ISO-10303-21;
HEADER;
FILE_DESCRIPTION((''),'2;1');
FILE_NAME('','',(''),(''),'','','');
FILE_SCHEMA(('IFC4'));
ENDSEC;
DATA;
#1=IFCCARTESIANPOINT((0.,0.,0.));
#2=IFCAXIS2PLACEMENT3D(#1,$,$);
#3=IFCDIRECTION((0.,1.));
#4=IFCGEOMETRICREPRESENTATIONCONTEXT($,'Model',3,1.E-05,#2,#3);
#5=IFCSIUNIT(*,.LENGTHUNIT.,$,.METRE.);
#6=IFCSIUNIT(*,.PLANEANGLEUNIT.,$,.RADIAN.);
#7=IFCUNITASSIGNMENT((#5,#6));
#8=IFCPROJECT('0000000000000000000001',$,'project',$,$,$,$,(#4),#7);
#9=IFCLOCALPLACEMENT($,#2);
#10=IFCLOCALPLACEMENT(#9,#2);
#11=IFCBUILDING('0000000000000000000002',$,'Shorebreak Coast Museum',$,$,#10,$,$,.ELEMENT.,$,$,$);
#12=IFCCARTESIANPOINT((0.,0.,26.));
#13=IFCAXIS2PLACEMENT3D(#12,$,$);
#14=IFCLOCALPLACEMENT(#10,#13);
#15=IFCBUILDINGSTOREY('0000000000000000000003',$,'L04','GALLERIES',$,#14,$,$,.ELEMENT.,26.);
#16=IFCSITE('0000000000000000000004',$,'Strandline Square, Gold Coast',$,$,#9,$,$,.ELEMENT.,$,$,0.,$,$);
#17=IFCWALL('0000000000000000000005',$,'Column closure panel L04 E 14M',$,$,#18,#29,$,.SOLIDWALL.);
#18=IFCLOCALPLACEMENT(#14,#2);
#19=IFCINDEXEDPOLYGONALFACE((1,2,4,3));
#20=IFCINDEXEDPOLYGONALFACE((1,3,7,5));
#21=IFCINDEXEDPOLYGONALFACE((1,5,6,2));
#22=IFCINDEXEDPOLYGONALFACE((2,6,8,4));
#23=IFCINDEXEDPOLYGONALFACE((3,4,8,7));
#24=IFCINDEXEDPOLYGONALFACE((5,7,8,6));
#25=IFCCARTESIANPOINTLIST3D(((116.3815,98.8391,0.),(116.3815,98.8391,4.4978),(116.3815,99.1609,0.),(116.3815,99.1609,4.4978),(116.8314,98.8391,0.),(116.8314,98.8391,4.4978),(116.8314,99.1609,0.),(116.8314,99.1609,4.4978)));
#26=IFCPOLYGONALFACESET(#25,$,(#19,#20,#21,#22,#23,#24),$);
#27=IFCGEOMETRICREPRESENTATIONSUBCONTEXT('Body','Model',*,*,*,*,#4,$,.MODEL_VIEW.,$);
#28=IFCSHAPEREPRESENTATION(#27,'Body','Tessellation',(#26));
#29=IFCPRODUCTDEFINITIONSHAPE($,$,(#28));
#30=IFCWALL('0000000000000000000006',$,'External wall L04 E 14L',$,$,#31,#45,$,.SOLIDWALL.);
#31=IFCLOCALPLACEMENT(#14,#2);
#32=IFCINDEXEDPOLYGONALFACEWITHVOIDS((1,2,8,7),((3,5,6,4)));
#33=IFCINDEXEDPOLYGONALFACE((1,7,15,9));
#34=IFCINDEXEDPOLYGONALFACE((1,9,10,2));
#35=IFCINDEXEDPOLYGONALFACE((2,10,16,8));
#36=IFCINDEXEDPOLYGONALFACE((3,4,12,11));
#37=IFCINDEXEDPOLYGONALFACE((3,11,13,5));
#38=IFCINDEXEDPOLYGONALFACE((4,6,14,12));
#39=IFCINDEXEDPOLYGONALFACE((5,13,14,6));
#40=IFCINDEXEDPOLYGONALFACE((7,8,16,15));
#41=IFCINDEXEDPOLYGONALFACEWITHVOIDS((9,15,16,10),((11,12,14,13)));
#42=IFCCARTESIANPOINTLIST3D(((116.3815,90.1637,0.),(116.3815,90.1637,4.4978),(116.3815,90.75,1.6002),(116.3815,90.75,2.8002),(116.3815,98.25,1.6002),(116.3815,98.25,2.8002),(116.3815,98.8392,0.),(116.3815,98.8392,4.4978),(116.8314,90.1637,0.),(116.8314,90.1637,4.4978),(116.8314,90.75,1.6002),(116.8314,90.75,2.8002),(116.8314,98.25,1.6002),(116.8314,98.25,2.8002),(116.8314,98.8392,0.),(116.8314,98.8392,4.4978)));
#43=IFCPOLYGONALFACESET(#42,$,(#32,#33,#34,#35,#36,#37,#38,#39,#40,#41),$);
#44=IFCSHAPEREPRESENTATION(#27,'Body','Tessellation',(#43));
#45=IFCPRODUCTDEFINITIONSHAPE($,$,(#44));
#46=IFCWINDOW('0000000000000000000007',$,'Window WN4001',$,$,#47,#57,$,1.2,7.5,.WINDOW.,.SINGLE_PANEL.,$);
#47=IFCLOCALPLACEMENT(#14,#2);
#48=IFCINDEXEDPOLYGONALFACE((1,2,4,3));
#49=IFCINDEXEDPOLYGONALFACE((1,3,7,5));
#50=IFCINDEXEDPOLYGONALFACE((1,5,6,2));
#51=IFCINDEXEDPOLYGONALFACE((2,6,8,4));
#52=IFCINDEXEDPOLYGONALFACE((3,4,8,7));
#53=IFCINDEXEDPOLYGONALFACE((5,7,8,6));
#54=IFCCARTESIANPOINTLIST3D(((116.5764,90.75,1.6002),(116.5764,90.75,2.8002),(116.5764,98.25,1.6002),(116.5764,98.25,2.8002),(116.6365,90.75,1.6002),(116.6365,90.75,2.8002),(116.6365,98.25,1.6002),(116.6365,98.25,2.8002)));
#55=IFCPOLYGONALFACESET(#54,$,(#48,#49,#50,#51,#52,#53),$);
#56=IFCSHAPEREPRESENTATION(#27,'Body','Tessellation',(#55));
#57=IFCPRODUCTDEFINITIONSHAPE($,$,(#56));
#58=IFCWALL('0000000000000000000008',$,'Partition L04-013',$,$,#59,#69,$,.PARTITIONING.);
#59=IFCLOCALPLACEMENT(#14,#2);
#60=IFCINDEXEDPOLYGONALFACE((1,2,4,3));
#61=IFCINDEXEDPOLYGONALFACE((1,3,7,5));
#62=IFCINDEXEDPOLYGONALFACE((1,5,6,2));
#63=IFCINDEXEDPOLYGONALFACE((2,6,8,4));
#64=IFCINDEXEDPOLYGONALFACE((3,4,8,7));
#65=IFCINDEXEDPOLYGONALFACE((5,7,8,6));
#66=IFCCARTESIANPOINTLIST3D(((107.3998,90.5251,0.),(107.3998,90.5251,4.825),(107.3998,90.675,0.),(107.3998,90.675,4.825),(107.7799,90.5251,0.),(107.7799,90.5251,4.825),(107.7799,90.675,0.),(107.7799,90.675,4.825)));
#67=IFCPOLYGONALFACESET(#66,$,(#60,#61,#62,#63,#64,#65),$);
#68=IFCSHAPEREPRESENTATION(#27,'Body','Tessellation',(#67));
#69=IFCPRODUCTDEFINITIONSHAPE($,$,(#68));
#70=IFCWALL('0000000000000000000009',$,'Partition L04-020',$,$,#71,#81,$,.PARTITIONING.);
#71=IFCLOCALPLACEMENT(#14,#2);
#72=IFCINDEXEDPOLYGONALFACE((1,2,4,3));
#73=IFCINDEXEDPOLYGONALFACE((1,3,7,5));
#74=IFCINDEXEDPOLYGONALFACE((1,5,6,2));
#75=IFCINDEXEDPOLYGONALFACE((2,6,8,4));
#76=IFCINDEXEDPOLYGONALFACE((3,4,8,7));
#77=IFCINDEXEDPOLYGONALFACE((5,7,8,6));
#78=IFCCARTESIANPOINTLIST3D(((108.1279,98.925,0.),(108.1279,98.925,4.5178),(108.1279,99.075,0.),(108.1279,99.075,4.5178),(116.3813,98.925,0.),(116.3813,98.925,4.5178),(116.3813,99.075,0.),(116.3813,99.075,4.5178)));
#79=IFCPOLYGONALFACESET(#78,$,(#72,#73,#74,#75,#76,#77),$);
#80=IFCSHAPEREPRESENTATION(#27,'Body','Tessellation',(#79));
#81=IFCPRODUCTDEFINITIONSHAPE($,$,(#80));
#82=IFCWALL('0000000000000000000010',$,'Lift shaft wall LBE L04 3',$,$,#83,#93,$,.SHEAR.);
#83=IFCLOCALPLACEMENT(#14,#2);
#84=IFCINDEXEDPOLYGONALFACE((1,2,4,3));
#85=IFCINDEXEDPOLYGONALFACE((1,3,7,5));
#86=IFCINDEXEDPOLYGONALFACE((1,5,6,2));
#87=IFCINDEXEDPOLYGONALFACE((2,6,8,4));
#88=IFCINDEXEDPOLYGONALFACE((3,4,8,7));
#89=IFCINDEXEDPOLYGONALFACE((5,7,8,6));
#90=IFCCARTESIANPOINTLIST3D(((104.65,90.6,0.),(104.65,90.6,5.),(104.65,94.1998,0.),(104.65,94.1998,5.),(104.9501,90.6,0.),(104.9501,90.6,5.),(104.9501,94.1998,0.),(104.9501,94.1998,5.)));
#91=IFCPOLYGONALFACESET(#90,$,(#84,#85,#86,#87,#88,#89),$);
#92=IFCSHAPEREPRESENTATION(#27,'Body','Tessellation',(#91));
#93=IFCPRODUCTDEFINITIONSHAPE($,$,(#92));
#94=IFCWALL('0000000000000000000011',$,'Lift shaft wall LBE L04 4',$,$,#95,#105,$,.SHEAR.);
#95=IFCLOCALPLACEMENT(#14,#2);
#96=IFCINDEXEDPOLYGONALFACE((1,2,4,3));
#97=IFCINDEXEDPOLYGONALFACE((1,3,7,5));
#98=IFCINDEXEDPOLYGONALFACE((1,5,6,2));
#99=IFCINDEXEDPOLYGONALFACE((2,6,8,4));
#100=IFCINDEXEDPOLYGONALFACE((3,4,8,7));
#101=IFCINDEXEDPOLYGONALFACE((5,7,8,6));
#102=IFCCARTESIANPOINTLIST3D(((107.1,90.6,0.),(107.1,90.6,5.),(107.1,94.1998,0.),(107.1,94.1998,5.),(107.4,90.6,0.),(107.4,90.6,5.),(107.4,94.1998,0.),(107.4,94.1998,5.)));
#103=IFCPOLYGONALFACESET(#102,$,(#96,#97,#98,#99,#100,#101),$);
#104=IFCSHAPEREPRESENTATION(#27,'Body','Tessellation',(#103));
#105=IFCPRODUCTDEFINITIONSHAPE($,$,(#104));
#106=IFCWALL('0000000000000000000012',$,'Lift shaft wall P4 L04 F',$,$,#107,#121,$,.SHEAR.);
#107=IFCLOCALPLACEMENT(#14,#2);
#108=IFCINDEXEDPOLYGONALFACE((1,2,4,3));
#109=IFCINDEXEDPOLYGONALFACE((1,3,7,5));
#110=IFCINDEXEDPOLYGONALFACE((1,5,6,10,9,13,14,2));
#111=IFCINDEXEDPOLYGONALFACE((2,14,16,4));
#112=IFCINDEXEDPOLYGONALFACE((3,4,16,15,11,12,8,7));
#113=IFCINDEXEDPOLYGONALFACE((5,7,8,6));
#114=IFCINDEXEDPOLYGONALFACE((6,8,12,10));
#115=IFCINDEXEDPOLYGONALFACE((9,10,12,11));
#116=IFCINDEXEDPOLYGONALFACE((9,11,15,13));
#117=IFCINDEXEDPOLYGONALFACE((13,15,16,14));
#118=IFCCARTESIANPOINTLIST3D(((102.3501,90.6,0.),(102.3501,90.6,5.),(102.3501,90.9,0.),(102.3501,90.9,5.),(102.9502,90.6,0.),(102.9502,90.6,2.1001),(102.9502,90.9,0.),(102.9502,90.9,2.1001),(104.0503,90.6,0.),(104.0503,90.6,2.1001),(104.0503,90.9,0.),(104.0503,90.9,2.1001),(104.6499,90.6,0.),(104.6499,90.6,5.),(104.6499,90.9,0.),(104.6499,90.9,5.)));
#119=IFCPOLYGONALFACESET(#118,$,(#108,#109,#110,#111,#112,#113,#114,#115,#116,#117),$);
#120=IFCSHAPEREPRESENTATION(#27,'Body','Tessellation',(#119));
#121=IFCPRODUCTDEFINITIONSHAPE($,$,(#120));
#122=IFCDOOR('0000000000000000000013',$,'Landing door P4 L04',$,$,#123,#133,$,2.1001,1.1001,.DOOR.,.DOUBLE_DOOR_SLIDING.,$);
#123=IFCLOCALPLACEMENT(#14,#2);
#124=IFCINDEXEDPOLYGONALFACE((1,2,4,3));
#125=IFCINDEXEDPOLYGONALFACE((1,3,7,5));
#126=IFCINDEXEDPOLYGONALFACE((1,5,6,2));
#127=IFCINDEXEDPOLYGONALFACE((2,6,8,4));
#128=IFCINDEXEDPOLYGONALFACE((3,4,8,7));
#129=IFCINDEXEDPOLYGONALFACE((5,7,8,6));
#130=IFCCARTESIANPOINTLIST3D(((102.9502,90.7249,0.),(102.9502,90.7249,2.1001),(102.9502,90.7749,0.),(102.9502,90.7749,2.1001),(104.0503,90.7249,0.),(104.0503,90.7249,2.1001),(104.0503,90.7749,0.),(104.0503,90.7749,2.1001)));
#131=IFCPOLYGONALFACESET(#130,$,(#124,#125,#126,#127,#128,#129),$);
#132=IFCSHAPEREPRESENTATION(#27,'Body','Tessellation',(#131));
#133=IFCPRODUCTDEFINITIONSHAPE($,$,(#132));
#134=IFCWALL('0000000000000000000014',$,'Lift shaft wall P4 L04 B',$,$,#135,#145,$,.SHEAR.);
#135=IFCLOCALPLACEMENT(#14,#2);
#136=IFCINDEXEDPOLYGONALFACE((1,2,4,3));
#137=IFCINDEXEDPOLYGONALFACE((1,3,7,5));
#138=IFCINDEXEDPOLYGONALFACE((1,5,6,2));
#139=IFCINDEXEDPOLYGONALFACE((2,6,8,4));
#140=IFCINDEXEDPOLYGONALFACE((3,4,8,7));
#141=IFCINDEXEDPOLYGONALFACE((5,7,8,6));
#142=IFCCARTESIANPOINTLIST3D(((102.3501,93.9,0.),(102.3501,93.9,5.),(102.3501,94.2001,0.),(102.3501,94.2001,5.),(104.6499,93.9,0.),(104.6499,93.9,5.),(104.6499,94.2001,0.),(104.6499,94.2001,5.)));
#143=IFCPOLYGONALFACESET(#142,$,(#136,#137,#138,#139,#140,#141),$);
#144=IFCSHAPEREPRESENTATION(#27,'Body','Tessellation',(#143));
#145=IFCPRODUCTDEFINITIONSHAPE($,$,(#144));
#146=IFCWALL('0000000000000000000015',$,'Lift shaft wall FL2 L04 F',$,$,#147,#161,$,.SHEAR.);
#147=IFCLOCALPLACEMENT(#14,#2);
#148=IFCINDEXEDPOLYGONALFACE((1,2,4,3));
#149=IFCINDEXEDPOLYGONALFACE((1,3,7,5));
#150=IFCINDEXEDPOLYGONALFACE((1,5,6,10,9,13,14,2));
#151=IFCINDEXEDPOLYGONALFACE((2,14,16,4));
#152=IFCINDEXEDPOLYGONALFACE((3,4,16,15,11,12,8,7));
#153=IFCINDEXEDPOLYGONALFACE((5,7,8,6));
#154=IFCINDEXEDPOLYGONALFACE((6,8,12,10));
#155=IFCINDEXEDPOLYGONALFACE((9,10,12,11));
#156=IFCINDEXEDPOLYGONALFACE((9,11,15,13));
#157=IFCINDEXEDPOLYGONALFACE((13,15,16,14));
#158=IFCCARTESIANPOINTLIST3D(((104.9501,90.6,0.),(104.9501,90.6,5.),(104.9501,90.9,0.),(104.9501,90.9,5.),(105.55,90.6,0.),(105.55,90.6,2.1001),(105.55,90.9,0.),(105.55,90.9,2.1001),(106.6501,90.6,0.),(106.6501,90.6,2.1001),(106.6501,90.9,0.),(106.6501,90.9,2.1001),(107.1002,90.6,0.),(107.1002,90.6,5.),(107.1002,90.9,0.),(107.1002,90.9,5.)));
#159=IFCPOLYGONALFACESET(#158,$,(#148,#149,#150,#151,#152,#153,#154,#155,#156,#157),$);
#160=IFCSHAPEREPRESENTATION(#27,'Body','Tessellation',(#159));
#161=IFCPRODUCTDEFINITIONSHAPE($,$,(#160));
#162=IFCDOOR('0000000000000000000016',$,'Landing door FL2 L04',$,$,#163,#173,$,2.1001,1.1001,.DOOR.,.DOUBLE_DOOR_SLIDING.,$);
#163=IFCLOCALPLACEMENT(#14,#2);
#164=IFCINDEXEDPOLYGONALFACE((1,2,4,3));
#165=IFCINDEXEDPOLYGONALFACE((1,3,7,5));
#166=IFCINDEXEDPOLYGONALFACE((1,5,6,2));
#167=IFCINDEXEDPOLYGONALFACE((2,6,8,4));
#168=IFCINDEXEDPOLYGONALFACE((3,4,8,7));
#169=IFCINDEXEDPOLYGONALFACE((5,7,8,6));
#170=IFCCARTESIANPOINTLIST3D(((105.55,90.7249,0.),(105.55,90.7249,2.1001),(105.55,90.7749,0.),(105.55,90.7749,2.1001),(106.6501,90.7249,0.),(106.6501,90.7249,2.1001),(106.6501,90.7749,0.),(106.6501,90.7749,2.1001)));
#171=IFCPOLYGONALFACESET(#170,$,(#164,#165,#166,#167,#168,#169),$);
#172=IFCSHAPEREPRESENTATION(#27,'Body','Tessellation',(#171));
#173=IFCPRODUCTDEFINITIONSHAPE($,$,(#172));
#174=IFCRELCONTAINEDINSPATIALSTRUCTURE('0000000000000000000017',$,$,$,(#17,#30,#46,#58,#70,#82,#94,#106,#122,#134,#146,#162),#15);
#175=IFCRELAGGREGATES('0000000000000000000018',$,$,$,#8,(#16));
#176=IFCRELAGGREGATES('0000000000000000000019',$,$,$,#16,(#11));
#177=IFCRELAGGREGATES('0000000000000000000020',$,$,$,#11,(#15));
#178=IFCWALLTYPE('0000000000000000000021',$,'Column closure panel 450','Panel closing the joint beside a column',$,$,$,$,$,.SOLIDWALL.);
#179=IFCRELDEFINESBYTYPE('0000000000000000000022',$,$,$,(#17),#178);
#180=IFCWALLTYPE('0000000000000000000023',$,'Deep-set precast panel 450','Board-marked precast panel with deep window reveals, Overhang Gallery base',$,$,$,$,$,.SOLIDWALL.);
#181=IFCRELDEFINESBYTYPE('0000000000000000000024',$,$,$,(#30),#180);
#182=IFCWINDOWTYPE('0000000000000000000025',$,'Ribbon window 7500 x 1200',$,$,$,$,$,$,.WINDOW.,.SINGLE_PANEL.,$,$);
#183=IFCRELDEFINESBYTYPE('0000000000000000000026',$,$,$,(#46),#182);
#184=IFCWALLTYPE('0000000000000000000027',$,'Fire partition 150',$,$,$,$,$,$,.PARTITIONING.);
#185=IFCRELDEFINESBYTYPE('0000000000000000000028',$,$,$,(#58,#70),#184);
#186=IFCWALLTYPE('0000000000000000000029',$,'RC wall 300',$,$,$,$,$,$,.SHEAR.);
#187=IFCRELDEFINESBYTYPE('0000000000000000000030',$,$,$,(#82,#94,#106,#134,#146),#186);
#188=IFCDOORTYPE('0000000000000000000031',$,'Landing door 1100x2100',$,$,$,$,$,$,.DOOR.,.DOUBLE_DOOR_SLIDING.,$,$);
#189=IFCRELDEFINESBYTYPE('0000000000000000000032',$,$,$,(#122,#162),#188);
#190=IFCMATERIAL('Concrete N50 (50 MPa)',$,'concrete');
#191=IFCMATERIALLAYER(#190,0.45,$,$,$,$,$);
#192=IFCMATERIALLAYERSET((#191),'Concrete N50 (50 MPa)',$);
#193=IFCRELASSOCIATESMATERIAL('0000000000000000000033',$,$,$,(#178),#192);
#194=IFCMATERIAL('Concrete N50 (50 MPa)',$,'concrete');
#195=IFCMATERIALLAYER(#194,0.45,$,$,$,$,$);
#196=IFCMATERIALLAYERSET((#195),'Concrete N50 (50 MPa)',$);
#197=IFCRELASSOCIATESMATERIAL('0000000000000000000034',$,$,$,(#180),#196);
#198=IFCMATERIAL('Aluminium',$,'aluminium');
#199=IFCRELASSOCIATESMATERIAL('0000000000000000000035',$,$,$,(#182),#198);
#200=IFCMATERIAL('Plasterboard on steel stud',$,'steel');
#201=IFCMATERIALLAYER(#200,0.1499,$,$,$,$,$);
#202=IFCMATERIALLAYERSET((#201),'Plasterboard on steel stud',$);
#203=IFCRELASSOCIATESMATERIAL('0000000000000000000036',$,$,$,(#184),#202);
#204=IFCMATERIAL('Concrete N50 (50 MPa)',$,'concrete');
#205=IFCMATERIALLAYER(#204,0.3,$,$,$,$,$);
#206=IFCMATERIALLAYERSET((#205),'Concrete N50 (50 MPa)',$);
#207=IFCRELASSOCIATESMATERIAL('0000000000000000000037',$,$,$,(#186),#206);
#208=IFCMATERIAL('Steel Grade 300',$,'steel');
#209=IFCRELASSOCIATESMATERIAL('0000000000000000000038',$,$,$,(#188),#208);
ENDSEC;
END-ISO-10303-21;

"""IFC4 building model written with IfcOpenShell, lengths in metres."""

from ifc_helpers import new_model, si_unit, direction, frame, frame_2d, origin, place, context, subcontext, project, spatial, rectangle, extrude, material, layer, layer_set, type_object, element, fill, save


model = new_model("IFC4")

# Units and contexts
model_context = context("Model", 3, precision=1e-05, world=origin(), true_north=direction((0.0, 1.0)))
body_context = subcontext(model_context, "Body", "Model", "MODEL_VIEW")
ifc_project = project(units=[si_unit("LENGTHUNIT", "METRE"), si_unit("PLANEANGLEUNIT", "RADIAN")], contexts=[model_context])

# Site, building, storey
site_placement = place(None, origin())
site = spatial("IfcSite", under=ifc_project, at=site_placement, Name="Strandline Square, Gold Coast", CompositionType="ELEMENT", RefElevation=0.0)
building_placement = place(site_placement, origin())
building = spatial("IfcBuilding", under=site, at=building_placement, Name="Shorebreak Coast Museum", CompositionType="ELEMENT")
storey_placement = place(building_placement, frame((0.0, 0.0, 26.0)))
storey = spatial("IfcBuildingStorey", under=building, at=storey_placement, Name="L04", Description="GALLERIES", CompositionType="ELEMENT", Elevation=26.0)

# Wall
ifc_material_1 = material(Name="Concrete N50 (50 MPa)", Category="concrete")
ifc_layer_1 = layer(ifc_material_1, 0.45)
ifc_layer_set_1 = layer_set([ifc_layer_1], Name="Concrete N50 (50 MPa)")
wall_type_1 = type_object("IfcWallType", Name="Column closure panel 450", Description="Panel closing the joint beside a column", PredefinedType="SOLIDWALL", material=ifc_layer_set_1)
wall_1_placement = place(storey_placement, frame((116.6064, 98.8391, 0.0), z_axis=(0.0, 0.0, 1.0), x_axis=(0.0, 1.0, 0.0)))
element("IfcWall", 1, at=wall_1_placement, inside=storey, type_object=wall_type_1, Name="Column closure panel L04 E 14M", PredefinedType="SOLIDWALL", context=body_context, shape_type="SweptSolid", body=[
    extrude(rectangle(XDim=0.3218, YDim=0.45, at=frame_2d((0.1609, 0.0))), origin(), (0.0, 0.0, 1.0), 4.4978),
])

# Wall, opening, window
ifc_material_2 = material(Name="Concrete N50 (50 MPa)", Category="concrete")
ifc_layer_2 = layer(ifc_material_2, 0.45)
ifc_layer_set_2 = layer_set([ifc_layer_2], Name="Concrete N50 (50 MPa)")
wall_type_2 = type_object("IfcWallType", Name="Deep-set precast panel 450", Description="Board-marked precast panel with deep window reveals, Overhang Gallery base", PredefinedType="SOLIDWALL", material=ifc_layer_set_2)
wall_2_placement = place(storey_placement, frame((116.6064, 90.1636, 0.0), z_axis=(0.0, 0.0, 1.0), x_axis=(0.0, 1.0, 0.0)))
wall_2 = element("IfcWall", 2, at=wall_2_placement, inside=storey, type_object=wall_type_2, Name="External wall L04 E 14L", PredefinedType="SOLIDWALL", context=body_context, shape_type="SweptSolid", body=[
    extrude(rectangle(XDim=8.6755, YDim=0.45, at=frame_2d((4.3379, 0.0))), origin(), (0.0, 0.0, 1.0), 4.4978),
])
opening_1_placement = place(wall_2_placement, frame((0.5864, 0.0, 1.6001)))
opening_1 = element("IfcOpeningElement", 3, at=opening_1_placement, cuts=wall_2, PredefinedType="OPENING", context=body_context, shape_type="SweptSolid", body=[
    extrude(rectangle(XDim=7.5, YDim=1.2, at=frame_2d((3.75, 0.6001))), frame((0.0, 0.2349, 0.0), z_axis=(0.0, -1.0, 0.0), x_axis=(1.0, 0.0, 0.0)), (0.0, 0.0, 1.0), 0.47),
])
ifc_material_3 = material(Name="Aluminium", Category="aluminium")
window_type = type_object("IfcWindowType", Name="Ribbon window 7500 x 1200", PartitioningType="SINGLE_PANEL", PredefinedType="WINDOW", material=ifc_material_3)
window_placement = place(opening_1_placement, origin())
window = element("IfcWindow", 4, at=window_placement, inside=storey, type_object=window_type, Name="Window WN4001", OverallHeight=1.2, OverallWidth=7.5, PartitioningType="SINGLE_PANEL", PredefinedType="WINDOW", context=body_context, shape_type="SweptSolid", body=[
    extrude(rectangle(XDim=7.5, YDim=1.2, at=frame_2d((3.75, 0.6001))), frame((0.0, 0.03, 0.0), z_axis=(0.0, -1.0, 0.0), x_axis=(1.0, 0.0, 0.0)), (0.0, 0.0, 1.0), 0.0601),
])
fill(opening_1, window)

# Walls
ifc_material_4 = material(Name="Plasterboard on steel stud", Category="steel")
ifc_layer_3 = layer(ifc_material_4, 0.1499)
ifc_layer_set_3 = layer_set([ifc_layer_3], Name="Plasterboard on steel stud")
wall_type_3 = type_object("IfcWallType", Name="Fire partition 150", PredefinedType="PARTITIONING", material=ifc_layer_set_3)
wall_3_placement = place(storey_placement, frame((107.3999, 90.6001, 0.0), z_axis=(0.0, 0.0, 1.0), x_axis=(1.0, 0.0, 0.0)))
element("IfcWall", 5, at=wall_3_placement, inside=storey, type_object=wall_type_3, Name="Partition L04-013", PredefinedType="PARTITIONING", context=body_context, shape_type="SweptSolid", body=[
    extrude(rectangle(XDim=0.3801, YDim=0.1499, at=frame_2d((0.1899, 0.0))), origin(), (0.0, 0.0, 1.0), 4.825),
])
wall_4_placement = place(storey_placement, frame((108.1279, 99.0, 0.0), z_axis=(0.0, 0.0, 1.0), x_axis=(1.0, 0.0, 0.0)))
element("IfcWall", 6, at=wall_4_placement, inside=storey, type_object=wall_type_3, Name="Partition L04-020", PredefinedType="PARTITIONING", context=body_context, shape_type="SweptSolid", body=[
    extrude(rectangle(XDim=8.2534, YDim=0.1499, at=frame_2d((4.1267, 0.0))), origin(), (0.0, 0.0, 1.0), 4.5178),
])
ifc_material_5 = material(Name="Concrete N50 (50 MPa)", Category="concrete")
ifc_layer_4 = layer(ifc_material_5, 0.3)
ifc_layer_set_4 = layer_set([ifc_layer_4], Name="Concrete N50 (50 MPa)")
wall_type_4 = type_object("IfcWallType", Name="RC wall 300", PredefinedType="SHEAR", material=ifc_layer_set_4)
for number, where, z_axis, x_axis, name in (
    (7, (104.8, 90.6001, 0.0), (0.0, 0.0, 1.0), (0.0, 1.0, 0.0), "Lift shaft wall LBE L04 3"),
    (8, (107.25, 90.6001, 0.0), (0.0, 0.0, 1.0), (0.0, 1.0, 0.0), "Lift shaft wall LBE L04 4"),
):
    element("IfcWall", number, at=place(storey_placement, frame(where, z_axis=z_axis, x_axis=x_axis)), inside=storey, type_object=wall_type_4, Name=name, PredefinedType="SHEAR", context=body_context, shape_type="SweptSolid", body=[
        extrude(rectangle(XDim=3.5999, YDim=0.3, at=frame_2d((1.7998, 0.0))), origin(), (0.0, 0.0, 1.0), 5.0),
    ])

# Wall, opening, door
wall_5_placement = place(storey_placement, frame((102.3501, 90.75, 0.0), z_axis=(0.0, 0.0, 1.0), x_axis=(1.0, 0.0, 0.0)))
wall_5 = element("IfcWall", 9, at=wall_5_placement, inside=storey, type_object=wall_type_4, Name="Lift shaft wall P4 L04 F", PredefinedType="SHEAR", context=body_context, shape_type="SweptSolid", body=[
    extrude(rectangle(XDim=2.2998, YDim=0.3, at=frame_2d((1.1499, 0.0))), origin(), (0.0, 0.0, 1.0), 5.0),
])
opening_2_placement = place(wall_5_placement, frame((0.6001, 0.0, 0.0)))
opening_2 = element("IfcOpeningElement", 10, at=opening_2_placement, cuts=wall_5, PredefinedType="OPENING", context=body_context, shape_type="SweptSolid", body=[
    extrude(rectangle(XDim=1.1001, YDim=2.1001, at=frame_2d((0.55, 1.05))), frame((0.0, 0.1599, 0.0), z_axis=(0.0, -1.0, 0.0), x_axis=(1.0, 0.0, 0.0)), (0.0, 0.0, 1.0), 0.3201),
])
ifc_material_6 = material(Name="Steel Grade 300", Category="steel")
door_type = type_object("IfcDoorType", Name="Landing door 1100x2100", OperationType="DOUBLE_DOOR_SLIDING", PredefinedType="DOOR", material=ifc_material_6)
door_1_placement = place(opening_2_placement, origin())
door_1 = element("IfcDoor", 11, at=door_1_placement, inside=storey, type_object=door_type, Name="Landing door P4 L04", OperationType="DOUBLE_DOOR_SLIDING", OverallHeight=2.1001, OverallWidth=1.1001, PredefinedType="DOOR", context=body_context, shape_type="SweptSolid", body=[
    extrude(rectangle(XDim=1.1001, YDim=2.1001, at=frame_2d((0.55, 1.05))), frame((0.0, 0.0249, 0.0), z_axis=(0.0, -1.0, 0.0), x_axis=(1.0, 0.0, 0.0)), (0.0, 0.0, 1.0), 0.05),
])
fill(opening_2, door_1)

# Wall
wall_6_placement = place(storey_placement, frame((102.3501, 94.05, 0.0), z_axis=(0.0, 0.0, 1.0), x_axis=(1.0, 0.0, 0.0)))
element("IfcWall", 12, at=wall_6_placement, inside=storey, type_object=wall_type_4, Name="Lift shaft wall P4 L04 B", PredefinedType="SHEAR", context=body_context, shape_type="SweptSolid", body=[
    extrude(rectangle(XDim=2.2998, YDim=0.3, at=frame_2d((1.1499, 0.0))), origin(), (0.0, 0.0, 1.0), 5.0),
])

# Wall, opening, door
wall_7_placement = place(storey_placement, frame((104.95, 90.75, 0.0), z_axis=(0.0, 0.0, 1.0), x_axis=(1.0, 0.0, 0.0)))
wall_7 = element("IfcWall", 13, at=wall_7_placement, inside=storey, type_object=wall_type_4, Name="Lift shaft wall FL2 L04 F", PredefinedType="SHEAR", context=body_context, shape_type="SweptSolid", body=[
    extrude(rectangle(XDim=2.1501, YDim=0.3, at=frame_2d((1.0752, 0.0))), origin(), (0.0, 0.0, 1.0), 5.0),
])
opening_3_placement = place(wall_7_placement, frame((0.6001, 0.0, 0.0)))
opening_3 = element("IfcOpeningElement", 14, at=opening_3_placement, cuts=wall_7, PredefinedType="OPENING", context=body_context, shape_type="SweptSolid", body=[
    extrude(rectangle(XDim=1.1001, YDim=2.1001, at=frame_2d((0.55, 1.05))), frame((0.0, 0.1599, 0.0), z_axis=(0.0, -1.0, 0.0), x_axis=(1.0, 0.0, 0.0)), (0.0, 0.0, 1.0), 0.3201),
])
door_2_placement = place(opening_3_placement, origin())
door_2 = element("IfcDoor", 15, at=door_2_placement, inside=storey, type_object=door_type, Name="Landing door FL2 L04", OperationType="DOUBLE_DOOR_SLIDING", OverallHeight=2.1001, OverallWidth=1.1001, PredefinedType="DOOR", context=body_context, shape_type="SweptSolid", body=[
    extrude(rectangle(XDim=1.1001, YDim=2.1001, at=frame_2d((0.55, 1.05))), frame((0.0, 0.0249, 0.0), z_axis=(0.0, -1.0, 0.0), x_axis=(1.0, 0.0, 0.0)), (0.0, 0.0, 1.0), 0.05),
])
fill(opening_3, door_2)

save(model, "model.ifc")
